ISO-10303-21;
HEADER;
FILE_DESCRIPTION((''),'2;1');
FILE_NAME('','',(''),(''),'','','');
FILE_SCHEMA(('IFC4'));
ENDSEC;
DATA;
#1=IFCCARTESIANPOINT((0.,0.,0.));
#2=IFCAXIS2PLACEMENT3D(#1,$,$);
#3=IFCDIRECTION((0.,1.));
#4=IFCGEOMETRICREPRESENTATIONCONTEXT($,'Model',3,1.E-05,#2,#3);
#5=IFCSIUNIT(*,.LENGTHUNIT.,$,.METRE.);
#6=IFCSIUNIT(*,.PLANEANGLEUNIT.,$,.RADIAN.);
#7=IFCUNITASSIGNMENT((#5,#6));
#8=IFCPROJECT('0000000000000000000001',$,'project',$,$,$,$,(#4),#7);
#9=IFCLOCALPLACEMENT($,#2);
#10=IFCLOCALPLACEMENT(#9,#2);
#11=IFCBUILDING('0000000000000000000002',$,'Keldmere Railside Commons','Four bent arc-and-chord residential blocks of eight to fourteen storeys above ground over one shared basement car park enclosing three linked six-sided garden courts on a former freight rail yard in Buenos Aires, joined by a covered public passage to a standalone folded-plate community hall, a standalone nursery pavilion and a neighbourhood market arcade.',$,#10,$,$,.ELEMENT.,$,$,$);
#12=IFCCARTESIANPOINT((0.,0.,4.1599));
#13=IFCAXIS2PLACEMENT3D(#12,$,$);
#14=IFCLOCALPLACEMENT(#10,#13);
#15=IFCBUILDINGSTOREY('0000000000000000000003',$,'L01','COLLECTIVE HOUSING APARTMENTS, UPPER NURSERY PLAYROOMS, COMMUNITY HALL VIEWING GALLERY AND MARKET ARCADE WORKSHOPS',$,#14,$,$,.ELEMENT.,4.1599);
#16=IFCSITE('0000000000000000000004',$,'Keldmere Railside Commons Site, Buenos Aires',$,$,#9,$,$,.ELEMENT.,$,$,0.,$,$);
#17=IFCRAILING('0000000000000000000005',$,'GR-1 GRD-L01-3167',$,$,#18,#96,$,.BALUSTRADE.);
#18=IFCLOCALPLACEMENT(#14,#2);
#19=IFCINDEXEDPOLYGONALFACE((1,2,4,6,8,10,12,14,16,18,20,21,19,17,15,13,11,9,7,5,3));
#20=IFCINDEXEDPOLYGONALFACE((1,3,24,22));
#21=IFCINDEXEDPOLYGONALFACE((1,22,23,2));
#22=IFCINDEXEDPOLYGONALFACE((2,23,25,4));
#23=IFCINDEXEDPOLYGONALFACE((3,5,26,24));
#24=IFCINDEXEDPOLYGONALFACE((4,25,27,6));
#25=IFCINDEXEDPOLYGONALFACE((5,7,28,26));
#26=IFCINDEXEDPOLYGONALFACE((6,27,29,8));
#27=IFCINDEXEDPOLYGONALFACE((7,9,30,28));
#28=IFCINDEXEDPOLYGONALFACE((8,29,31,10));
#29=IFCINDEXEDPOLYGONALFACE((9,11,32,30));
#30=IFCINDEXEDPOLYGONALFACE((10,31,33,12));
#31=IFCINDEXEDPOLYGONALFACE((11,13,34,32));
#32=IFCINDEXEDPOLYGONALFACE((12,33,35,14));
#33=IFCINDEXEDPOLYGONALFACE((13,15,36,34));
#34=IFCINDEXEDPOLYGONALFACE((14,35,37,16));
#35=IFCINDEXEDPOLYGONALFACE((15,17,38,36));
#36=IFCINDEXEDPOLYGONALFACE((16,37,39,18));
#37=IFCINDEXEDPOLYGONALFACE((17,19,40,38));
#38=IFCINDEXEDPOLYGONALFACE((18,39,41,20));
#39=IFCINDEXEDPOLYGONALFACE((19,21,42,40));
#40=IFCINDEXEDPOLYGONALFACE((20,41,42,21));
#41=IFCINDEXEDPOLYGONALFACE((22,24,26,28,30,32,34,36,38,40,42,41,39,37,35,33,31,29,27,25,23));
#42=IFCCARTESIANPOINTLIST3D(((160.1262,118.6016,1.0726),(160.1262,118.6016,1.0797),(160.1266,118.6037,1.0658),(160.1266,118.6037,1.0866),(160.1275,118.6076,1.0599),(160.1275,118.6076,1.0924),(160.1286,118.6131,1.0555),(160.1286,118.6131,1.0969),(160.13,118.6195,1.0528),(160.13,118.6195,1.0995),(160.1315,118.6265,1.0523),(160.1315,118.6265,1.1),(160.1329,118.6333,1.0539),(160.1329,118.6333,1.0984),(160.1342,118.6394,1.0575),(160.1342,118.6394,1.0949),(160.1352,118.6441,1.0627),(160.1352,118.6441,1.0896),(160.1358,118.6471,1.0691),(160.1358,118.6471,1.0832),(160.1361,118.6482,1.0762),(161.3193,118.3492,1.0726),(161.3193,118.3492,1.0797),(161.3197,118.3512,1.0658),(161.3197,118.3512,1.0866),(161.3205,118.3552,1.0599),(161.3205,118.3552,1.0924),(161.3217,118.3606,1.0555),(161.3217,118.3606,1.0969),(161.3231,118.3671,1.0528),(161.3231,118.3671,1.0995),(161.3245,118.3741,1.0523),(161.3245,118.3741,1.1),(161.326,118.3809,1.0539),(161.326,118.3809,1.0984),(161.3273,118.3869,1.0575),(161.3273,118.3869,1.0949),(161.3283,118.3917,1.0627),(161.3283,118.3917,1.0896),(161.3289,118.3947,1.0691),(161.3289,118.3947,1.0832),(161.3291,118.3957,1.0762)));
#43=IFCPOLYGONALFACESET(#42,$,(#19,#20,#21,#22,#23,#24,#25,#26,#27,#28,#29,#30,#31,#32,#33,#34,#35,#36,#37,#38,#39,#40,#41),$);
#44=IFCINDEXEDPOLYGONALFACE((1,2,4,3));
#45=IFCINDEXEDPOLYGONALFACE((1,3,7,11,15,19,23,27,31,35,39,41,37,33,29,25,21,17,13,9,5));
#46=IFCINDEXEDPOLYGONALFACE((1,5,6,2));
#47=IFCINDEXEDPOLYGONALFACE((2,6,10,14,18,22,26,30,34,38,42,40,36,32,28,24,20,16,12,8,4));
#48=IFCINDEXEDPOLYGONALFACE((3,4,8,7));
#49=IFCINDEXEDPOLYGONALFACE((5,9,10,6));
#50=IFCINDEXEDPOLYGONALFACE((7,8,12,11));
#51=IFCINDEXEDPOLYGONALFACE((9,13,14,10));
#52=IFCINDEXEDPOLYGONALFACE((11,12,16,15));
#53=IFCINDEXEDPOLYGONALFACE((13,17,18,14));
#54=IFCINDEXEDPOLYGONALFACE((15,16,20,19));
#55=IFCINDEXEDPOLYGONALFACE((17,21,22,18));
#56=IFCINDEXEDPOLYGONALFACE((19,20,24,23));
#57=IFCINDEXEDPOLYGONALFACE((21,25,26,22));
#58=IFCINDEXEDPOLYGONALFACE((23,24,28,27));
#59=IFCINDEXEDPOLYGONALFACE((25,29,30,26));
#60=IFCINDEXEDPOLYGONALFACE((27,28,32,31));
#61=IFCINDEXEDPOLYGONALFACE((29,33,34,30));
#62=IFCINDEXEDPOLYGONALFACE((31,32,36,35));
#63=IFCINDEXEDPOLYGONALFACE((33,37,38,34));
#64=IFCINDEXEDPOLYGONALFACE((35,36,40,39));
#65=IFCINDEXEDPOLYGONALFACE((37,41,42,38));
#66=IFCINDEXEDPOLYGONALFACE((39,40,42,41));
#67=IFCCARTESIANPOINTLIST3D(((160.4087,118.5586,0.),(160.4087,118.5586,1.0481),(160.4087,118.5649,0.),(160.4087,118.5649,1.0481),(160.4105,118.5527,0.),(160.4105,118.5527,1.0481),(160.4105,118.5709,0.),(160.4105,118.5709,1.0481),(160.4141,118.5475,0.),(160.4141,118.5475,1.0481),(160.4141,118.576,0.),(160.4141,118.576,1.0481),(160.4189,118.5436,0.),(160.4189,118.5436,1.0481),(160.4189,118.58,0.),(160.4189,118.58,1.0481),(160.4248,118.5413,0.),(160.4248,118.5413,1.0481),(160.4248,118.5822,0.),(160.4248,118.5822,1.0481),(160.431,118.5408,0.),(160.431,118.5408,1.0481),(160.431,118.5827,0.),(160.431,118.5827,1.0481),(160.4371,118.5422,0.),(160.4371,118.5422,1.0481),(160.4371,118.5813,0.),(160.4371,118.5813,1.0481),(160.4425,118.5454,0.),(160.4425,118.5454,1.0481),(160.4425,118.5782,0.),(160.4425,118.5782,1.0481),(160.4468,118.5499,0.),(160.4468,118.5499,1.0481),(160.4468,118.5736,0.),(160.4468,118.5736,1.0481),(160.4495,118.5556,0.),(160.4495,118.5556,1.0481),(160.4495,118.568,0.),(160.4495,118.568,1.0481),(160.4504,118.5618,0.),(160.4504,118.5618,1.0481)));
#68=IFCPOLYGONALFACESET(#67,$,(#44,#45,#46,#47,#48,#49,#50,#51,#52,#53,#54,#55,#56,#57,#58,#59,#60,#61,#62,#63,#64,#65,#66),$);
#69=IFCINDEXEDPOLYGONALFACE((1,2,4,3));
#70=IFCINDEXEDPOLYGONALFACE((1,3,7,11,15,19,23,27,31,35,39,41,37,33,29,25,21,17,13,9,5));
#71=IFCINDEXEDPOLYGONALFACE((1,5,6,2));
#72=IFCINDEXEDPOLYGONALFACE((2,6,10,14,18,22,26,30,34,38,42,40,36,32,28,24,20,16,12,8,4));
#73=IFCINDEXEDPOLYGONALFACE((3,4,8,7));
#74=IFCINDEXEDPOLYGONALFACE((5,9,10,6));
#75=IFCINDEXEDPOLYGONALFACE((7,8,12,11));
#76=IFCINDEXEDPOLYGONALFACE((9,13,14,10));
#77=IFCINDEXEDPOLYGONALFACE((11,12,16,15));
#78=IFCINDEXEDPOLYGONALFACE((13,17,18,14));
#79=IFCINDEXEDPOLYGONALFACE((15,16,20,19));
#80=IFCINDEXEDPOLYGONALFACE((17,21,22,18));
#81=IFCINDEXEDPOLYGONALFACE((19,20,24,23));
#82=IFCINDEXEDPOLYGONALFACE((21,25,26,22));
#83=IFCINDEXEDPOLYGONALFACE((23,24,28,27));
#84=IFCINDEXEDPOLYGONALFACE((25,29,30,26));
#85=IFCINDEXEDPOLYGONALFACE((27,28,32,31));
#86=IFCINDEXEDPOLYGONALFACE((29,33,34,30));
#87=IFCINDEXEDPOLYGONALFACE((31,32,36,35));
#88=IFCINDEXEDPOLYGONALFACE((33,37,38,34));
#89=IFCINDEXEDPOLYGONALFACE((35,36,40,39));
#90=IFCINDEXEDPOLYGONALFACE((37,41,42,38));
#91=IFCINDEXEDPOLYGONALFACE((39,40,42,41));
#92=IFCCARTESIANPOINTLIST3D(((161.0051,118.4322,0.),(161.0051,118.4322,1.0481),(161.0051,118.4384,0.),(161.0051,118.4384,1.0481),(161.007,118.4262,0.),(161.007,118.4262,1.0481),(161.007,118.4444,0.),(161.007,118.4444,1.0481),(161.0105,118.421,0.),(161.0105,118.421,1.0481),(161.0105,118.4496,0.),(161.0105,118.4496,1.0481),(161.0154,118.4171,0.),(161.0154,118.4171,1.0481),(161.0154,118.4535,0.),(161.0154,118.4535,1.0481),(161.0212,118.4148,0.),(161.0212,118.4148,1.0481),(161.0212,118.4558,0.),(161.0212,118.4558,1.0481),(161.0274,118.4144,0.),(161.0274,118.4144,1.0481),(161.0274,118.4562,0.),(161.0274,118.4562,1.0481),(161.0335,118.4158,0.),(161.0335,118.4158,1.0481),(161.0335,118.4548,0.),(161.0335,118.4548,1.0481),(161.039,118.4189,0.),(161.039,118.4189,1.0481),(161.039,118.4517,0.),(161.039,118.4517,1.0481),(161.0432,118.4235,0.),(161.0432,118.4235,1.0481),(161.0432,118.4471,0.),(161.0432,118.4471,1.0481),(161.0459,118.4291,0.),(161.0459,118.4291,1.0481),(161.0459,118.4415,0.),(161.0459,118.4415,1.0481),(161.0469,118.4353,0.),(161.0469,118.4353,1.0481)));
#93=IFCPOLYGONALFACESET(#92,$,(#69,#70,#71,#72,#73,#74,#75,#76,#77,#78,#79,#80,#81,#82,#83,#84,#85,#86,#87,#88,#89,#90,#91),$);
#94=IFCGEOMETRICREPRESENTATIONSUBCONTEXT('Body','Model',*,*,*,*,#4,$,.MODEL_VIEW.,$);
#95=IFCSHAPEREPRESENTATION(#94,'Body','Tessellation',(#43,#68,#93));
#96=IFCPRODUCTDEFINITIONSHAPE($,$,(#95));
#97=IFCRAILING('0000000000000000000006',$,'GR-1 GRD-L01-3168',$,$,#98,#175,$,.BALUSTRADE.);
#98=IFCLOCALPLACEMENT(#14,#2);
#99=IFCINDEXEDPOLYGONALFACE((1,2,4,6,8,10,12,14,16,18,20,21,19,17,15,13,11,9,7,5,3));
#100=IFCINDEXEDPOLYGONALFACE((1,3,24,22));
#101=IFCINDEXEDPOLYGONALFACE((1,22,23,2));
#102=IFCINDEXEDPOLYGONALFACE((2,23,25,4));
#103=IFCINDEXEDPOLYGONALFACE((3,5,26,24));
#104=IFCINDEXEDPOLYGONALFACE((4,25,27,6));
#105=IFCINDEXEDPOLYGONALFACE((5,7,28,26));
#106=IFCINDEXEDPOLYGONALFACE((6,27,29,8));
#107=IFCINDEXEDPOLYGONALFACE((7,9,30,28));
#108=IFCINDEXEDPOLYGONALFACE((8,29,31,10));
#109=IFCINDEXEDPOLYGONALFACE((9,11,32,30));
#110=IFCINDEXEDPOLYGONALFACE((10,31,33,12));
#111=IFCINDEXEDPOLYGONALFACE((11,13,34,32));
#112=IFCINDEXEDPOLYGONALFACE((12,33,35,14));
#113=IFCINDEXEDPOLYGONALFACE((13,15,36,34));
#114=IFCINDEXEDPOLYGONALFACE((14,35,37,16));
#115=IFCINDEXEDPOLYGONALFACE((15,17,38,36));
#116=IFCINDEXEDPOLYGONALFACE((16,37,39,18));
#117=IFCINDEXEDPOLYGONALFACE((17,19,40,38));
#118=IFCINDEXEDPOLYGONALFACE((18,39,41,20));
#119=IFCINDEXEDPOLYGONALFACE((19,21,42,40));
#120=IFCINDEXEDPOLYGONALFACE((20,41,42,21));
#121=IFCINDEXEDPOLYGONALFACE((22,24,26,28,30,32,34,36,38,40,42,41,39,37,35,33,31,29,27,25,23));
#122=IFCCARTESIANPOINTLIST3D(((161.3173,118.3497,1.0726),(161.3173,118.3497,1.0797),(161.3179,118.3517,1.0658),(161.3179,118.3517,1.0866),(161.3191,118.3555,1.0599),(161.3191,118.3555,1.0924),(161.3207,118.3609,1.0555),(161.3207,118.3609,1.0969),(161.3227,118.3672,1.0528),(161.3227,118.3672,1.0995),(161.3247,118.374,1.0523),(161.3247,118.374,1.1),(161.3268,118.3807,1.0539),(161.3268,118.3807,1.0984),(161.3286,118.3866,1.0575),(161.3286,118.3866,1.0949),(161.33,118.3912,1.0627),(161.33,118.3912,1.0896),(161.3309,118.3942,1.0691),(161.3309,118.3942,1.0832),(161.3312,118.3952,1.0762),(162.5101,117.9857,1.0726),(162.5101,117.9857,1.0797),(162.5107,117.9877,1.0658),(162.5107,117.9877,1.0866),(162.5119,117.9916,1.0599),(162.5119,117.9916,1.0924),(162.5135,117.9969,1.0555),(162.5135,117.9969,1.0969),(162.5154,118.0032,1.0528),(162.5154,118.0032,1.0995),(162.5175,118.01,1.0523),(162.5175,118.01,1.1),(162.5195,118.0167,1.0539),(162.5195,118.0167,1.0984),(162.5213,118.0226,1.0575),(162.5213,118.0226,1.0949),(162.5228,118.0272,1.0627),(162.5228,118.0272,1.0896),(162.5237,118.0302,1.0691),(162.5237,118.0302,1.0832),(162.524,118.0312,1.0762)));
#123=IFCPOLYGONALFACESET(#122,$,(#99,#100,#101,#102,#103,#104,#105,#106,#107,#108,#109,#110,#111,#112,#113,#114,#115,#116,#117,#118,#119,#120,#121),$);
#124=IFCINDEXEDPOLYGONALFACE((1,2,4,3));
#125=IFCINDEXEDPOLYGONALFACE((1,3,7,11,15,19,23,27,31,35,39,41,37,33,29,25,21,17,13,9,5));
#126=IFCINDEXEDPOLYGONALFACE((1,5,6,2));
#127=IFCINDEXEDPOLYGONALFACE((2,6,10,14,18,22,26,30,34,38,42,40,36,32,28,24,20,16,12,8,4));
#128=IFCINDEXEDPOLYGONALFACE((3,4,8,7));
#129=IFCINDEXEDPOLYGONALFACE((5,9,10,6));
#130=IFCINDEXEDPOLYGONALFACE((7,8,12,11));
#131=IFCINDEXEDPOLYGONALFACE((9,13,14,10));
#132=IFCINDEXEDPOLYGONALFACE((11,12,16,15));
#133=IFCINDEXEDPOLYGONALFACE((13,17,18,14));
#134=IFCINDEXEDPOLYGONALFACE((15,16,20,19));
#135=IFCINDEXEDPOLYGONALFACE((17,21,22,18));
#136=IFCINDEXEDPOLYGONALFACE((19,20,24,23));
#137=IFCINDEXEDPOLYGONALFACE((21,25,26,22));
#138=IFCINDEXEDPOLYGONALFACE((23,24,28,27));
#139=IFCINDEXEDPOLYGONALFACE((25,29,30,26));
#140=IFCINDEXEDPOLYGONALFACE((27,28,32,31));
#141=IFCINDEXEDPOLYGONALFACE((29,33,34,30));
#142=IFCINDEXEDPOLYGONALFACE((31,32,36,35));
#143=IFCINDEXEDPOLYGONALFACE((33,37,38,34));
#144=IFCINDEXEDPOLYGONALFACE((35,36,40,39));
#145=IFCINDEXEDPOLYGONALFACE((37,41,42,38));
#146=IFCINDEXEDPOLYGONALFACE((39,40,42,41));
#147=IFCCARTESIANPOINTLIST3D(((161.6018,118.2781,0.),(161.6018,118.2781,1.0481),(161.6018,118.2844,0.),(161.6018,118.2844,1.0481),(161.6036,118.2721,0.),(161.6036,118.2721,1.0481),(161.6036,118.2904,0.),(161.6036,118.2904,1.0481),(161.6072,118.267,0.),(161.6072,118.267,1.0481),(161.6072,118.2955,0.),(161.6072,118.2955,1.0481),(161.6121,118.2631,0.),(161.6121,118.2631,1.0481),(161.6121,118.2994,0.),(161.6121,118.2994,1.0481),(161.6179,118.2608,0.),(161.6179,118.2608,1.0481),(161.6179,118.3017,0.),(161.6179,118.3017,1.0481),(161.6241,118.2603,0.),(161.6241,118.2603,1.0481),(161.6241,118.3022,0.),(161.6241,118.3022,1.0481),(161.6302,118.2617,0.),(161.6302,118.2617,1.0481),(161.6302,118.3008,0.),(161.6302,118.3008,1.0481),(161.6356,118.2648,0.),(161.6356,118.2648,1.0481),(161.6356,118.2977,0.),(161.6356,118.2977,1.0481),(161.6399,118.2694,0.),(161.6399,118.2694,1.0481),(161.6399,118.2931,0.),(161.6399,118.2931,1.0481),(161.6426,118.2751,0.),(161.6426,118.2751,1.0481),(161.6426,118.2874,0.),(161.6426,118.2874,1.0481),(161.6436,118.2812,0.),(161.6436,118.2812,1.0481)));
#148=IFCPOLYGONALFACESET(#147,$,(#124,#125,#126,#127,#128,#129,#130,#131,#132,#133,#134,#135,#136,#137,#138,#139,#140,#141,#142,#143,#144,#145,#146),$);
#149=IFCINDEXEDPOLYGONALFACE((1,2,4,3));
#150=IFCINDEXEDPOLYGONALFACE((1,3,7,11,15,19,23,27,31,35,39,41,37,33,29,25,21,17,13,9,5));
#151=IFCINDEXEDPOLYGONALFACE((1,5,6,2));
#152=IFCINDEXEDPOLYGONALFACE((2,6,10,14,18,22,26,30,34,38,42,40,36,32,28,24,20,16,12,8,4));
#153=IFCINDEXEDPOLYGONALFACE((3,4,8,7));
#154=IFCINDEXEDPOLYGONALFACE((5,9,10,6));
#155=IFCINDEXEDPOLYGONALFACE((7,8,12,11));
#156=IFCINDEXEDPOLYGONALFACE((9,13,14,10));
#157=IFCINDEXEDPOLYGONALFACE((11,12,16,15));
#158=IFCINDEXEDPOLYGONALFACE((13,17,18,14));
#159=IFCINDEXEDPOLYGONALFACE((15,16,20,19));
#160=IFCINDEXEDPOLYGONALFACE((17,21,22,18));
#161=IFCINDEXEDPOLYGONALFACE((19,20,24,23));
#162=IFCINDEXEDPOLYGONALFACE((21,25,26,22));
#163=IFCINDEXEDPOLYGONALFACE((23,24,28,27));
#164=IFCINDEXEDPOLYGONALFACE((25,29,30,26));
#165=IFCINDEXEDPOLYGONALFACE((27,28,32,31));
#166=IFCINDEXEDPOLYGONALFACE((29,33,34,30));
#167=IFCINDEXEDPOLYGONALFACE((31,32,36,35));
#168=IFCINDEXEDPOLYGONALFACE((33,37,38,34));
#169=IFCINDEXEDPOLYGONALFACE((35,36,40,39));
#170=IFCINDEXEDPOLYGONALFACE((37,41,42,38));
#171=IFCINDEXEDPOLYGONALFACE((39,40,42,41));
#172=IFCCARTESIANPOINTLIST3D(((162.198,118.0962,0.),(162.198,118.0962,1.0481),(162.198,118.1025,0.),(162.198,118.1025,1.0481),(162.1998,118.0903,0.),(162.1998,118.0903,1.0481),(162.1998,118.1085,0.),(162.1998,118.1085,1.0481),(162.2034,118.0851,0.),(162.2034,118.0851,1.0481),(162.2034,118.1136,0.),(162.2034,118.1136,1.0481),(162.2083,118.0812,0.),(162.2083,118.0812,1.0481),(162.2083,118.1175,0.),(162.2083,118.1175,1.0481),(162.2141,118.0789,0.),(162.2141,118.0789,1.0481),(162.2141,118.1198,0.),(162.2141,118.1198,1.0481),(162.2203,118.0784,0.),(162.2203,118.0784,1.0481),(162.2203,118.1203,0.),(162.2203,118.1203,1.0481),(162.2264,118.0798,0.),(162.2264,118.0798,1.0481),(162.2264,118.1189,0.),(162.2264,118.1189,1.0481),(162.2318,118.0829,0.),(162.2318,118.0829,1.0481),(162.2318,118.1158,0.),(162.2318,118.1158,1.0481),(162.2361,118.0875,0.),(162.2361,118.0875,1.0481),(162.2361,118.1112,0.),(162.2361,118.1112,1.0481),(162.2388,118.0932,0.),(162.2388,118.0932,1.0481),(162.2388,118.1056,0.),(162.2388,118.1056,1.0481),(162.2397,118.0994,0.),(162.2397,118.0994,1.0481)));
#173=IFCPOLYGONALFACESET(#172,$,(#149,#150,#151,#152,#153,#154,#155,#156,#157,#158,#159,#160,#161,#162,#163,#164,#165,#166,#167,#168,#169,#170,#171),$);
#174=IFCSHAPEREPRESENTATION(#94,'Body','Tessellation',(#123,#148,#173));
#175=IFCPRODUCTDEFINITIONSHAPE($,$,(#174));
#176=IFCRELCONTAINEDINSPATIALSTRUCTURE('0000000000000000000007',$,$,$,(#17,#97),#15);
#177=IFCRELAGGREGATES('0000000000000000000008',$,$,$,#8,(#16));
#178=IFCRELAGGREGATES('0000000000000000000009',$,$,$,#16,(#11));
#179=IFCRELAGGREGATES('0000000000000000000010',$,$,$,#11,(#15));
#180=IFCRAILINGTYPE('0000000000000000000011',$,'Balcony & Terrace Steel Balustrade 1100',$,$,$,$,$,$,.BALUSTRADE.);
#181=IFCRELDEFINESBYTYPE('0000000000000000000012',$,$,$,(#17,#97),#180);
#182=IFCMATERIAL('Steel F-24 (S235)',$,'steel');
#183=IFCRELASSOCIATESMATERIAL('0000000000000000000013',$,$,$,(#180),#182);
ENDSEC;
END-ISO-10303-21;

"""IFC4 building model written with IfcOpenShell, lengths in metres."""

from ifc_helpers import new_model, si_unit, direction, frame, origin, origin_2d, place, context, subcontext, project, spatial, circle, extrude, material, type_object, element, save


model = new_model("IFC4")

# Units and contexts
model_context = context("Model", 3, precision=1e-05, world=origin(), true_north=direction((0.0, 1.0)))
body_context = subcontext(model_context, "Body", "Model", "MODEL_VIEW")
ifc_project = project(units=[si_unit("LENGTHUNIT", "METRE"), si_unit("PLANEANGLEUNIT", "RADIAN")], contexts=[model_context])

# Site, building, storey
site_placement = place(None, origin())
site = spatial("IfcSite", under=ifc_project, at=site_placement, Name="Keldmere Railside Commons Site, Buenos Aires", CompositionType="ELEMENT", RefElevation=0.0)
building_placement = place(site_placement, origin())
building = spatial("IfcBuilding", under=site, at=building_placement, Name="Keldmere Railside Commons", Description="Four bent arc-and-chord residential blocks of eight to fourteen storeys above ground over one shared basement car park enclosing three linked six-sided garden courts on a former freight rail yard in Buenos Aires, joined by a covered public passage to a standalone folded-plate community hall, a standalone nursery pavilion and a neighbourhood market arcade.", CompositionType="ELEMENT")
storey_placement = place(building_placement, frame((0.0, 0.0, 4.1599)))
storey = spatial("IfcBuildingStorey", under=building, at=storey_placement, Name="L01", Description="COLLECTIVE HOUSING APARTMENTS, UPPER NURSERY PLAYROOMS, COMMUNITY HALL VIEWING GALLERY AND MARKET ARCADE WORKSHOPS", CompositionType="ELEMENT", Elevation=4.1599)

# Railings
ifc_material_1 = material(Name="Steel F-24 (S235)", Category="steel")
railing_type = type_object("IfcRailingType", Name="Balcony & Terrace Steel Balustrade 1100", PredefinedType="BALUSTRADE", material=ifc_material_1)
railing_1_placement = place(storey_placement, frame((160.1311, 118.6248, 0.0)))
element("IfcRailing", 1, at=railing_1_placement, inside=storey, type_object=railing_type, Name="GR-1 GRD-L01-3167", PredefinedType="BALUSTRADE", context=body_context, shape_type="SweptSolid", body=[
    extrude(circle(Radius=0.0239, at=origin_2d()), frame((0.0, 0.0, 1.0762), z_axis=(0.978341, -0.206999, 0.0), x_axis=(0.206999, 0.978341, 0.0)), (0.0, 0.0, 1.0), 1.2195),
    extrude(circle(Radius=0.021, at=origin_2d()), frame((0.2983, -0.063, 0.0)), (0.0, 0.0, 1.0), 1.0481),
    extrude(circle(Radius=0.021, at=origin_2d()), frame((0.8948, -0.1895, 0.0)), (0.0, 0.0, 1.0), 1.0481),
])
railing_2_placement = place(storey_placement, frame((161.3242, 118.3723, 0.0)))
element("IfcRailing", 2, at=railing_2_placement, inside=storey, type_object=railing_type, Name="GR-1 GRD-L01-3168", PredefinedType="BALUSTRADE", context=body_context, shape_type="SweptSolid", body=[
    extrude(circle(Radius=0.0239, at=origin_2d()), frame((0.0, 0.0, 1.0762), z_axis=(0.956458, -0.29187, 0.0), x_axis=(0.29187, 0.956458, 0.0)), (0.0, 0.0, 1.0), 1.2471),
    extrude(circle(Radius=0.021, at=origin_2d()), frame((0.2983, -0.0911, 0.0)), (0.0, 0.0, 1.0), 1.0481),
    extrude(circle(Radius=0.021, at=origin_2d()), frame((0.8945, -0.2729, 0.0)), (0.0, 0.0, 1.0), 1.0481),
])

save(model, "model.ifc")
